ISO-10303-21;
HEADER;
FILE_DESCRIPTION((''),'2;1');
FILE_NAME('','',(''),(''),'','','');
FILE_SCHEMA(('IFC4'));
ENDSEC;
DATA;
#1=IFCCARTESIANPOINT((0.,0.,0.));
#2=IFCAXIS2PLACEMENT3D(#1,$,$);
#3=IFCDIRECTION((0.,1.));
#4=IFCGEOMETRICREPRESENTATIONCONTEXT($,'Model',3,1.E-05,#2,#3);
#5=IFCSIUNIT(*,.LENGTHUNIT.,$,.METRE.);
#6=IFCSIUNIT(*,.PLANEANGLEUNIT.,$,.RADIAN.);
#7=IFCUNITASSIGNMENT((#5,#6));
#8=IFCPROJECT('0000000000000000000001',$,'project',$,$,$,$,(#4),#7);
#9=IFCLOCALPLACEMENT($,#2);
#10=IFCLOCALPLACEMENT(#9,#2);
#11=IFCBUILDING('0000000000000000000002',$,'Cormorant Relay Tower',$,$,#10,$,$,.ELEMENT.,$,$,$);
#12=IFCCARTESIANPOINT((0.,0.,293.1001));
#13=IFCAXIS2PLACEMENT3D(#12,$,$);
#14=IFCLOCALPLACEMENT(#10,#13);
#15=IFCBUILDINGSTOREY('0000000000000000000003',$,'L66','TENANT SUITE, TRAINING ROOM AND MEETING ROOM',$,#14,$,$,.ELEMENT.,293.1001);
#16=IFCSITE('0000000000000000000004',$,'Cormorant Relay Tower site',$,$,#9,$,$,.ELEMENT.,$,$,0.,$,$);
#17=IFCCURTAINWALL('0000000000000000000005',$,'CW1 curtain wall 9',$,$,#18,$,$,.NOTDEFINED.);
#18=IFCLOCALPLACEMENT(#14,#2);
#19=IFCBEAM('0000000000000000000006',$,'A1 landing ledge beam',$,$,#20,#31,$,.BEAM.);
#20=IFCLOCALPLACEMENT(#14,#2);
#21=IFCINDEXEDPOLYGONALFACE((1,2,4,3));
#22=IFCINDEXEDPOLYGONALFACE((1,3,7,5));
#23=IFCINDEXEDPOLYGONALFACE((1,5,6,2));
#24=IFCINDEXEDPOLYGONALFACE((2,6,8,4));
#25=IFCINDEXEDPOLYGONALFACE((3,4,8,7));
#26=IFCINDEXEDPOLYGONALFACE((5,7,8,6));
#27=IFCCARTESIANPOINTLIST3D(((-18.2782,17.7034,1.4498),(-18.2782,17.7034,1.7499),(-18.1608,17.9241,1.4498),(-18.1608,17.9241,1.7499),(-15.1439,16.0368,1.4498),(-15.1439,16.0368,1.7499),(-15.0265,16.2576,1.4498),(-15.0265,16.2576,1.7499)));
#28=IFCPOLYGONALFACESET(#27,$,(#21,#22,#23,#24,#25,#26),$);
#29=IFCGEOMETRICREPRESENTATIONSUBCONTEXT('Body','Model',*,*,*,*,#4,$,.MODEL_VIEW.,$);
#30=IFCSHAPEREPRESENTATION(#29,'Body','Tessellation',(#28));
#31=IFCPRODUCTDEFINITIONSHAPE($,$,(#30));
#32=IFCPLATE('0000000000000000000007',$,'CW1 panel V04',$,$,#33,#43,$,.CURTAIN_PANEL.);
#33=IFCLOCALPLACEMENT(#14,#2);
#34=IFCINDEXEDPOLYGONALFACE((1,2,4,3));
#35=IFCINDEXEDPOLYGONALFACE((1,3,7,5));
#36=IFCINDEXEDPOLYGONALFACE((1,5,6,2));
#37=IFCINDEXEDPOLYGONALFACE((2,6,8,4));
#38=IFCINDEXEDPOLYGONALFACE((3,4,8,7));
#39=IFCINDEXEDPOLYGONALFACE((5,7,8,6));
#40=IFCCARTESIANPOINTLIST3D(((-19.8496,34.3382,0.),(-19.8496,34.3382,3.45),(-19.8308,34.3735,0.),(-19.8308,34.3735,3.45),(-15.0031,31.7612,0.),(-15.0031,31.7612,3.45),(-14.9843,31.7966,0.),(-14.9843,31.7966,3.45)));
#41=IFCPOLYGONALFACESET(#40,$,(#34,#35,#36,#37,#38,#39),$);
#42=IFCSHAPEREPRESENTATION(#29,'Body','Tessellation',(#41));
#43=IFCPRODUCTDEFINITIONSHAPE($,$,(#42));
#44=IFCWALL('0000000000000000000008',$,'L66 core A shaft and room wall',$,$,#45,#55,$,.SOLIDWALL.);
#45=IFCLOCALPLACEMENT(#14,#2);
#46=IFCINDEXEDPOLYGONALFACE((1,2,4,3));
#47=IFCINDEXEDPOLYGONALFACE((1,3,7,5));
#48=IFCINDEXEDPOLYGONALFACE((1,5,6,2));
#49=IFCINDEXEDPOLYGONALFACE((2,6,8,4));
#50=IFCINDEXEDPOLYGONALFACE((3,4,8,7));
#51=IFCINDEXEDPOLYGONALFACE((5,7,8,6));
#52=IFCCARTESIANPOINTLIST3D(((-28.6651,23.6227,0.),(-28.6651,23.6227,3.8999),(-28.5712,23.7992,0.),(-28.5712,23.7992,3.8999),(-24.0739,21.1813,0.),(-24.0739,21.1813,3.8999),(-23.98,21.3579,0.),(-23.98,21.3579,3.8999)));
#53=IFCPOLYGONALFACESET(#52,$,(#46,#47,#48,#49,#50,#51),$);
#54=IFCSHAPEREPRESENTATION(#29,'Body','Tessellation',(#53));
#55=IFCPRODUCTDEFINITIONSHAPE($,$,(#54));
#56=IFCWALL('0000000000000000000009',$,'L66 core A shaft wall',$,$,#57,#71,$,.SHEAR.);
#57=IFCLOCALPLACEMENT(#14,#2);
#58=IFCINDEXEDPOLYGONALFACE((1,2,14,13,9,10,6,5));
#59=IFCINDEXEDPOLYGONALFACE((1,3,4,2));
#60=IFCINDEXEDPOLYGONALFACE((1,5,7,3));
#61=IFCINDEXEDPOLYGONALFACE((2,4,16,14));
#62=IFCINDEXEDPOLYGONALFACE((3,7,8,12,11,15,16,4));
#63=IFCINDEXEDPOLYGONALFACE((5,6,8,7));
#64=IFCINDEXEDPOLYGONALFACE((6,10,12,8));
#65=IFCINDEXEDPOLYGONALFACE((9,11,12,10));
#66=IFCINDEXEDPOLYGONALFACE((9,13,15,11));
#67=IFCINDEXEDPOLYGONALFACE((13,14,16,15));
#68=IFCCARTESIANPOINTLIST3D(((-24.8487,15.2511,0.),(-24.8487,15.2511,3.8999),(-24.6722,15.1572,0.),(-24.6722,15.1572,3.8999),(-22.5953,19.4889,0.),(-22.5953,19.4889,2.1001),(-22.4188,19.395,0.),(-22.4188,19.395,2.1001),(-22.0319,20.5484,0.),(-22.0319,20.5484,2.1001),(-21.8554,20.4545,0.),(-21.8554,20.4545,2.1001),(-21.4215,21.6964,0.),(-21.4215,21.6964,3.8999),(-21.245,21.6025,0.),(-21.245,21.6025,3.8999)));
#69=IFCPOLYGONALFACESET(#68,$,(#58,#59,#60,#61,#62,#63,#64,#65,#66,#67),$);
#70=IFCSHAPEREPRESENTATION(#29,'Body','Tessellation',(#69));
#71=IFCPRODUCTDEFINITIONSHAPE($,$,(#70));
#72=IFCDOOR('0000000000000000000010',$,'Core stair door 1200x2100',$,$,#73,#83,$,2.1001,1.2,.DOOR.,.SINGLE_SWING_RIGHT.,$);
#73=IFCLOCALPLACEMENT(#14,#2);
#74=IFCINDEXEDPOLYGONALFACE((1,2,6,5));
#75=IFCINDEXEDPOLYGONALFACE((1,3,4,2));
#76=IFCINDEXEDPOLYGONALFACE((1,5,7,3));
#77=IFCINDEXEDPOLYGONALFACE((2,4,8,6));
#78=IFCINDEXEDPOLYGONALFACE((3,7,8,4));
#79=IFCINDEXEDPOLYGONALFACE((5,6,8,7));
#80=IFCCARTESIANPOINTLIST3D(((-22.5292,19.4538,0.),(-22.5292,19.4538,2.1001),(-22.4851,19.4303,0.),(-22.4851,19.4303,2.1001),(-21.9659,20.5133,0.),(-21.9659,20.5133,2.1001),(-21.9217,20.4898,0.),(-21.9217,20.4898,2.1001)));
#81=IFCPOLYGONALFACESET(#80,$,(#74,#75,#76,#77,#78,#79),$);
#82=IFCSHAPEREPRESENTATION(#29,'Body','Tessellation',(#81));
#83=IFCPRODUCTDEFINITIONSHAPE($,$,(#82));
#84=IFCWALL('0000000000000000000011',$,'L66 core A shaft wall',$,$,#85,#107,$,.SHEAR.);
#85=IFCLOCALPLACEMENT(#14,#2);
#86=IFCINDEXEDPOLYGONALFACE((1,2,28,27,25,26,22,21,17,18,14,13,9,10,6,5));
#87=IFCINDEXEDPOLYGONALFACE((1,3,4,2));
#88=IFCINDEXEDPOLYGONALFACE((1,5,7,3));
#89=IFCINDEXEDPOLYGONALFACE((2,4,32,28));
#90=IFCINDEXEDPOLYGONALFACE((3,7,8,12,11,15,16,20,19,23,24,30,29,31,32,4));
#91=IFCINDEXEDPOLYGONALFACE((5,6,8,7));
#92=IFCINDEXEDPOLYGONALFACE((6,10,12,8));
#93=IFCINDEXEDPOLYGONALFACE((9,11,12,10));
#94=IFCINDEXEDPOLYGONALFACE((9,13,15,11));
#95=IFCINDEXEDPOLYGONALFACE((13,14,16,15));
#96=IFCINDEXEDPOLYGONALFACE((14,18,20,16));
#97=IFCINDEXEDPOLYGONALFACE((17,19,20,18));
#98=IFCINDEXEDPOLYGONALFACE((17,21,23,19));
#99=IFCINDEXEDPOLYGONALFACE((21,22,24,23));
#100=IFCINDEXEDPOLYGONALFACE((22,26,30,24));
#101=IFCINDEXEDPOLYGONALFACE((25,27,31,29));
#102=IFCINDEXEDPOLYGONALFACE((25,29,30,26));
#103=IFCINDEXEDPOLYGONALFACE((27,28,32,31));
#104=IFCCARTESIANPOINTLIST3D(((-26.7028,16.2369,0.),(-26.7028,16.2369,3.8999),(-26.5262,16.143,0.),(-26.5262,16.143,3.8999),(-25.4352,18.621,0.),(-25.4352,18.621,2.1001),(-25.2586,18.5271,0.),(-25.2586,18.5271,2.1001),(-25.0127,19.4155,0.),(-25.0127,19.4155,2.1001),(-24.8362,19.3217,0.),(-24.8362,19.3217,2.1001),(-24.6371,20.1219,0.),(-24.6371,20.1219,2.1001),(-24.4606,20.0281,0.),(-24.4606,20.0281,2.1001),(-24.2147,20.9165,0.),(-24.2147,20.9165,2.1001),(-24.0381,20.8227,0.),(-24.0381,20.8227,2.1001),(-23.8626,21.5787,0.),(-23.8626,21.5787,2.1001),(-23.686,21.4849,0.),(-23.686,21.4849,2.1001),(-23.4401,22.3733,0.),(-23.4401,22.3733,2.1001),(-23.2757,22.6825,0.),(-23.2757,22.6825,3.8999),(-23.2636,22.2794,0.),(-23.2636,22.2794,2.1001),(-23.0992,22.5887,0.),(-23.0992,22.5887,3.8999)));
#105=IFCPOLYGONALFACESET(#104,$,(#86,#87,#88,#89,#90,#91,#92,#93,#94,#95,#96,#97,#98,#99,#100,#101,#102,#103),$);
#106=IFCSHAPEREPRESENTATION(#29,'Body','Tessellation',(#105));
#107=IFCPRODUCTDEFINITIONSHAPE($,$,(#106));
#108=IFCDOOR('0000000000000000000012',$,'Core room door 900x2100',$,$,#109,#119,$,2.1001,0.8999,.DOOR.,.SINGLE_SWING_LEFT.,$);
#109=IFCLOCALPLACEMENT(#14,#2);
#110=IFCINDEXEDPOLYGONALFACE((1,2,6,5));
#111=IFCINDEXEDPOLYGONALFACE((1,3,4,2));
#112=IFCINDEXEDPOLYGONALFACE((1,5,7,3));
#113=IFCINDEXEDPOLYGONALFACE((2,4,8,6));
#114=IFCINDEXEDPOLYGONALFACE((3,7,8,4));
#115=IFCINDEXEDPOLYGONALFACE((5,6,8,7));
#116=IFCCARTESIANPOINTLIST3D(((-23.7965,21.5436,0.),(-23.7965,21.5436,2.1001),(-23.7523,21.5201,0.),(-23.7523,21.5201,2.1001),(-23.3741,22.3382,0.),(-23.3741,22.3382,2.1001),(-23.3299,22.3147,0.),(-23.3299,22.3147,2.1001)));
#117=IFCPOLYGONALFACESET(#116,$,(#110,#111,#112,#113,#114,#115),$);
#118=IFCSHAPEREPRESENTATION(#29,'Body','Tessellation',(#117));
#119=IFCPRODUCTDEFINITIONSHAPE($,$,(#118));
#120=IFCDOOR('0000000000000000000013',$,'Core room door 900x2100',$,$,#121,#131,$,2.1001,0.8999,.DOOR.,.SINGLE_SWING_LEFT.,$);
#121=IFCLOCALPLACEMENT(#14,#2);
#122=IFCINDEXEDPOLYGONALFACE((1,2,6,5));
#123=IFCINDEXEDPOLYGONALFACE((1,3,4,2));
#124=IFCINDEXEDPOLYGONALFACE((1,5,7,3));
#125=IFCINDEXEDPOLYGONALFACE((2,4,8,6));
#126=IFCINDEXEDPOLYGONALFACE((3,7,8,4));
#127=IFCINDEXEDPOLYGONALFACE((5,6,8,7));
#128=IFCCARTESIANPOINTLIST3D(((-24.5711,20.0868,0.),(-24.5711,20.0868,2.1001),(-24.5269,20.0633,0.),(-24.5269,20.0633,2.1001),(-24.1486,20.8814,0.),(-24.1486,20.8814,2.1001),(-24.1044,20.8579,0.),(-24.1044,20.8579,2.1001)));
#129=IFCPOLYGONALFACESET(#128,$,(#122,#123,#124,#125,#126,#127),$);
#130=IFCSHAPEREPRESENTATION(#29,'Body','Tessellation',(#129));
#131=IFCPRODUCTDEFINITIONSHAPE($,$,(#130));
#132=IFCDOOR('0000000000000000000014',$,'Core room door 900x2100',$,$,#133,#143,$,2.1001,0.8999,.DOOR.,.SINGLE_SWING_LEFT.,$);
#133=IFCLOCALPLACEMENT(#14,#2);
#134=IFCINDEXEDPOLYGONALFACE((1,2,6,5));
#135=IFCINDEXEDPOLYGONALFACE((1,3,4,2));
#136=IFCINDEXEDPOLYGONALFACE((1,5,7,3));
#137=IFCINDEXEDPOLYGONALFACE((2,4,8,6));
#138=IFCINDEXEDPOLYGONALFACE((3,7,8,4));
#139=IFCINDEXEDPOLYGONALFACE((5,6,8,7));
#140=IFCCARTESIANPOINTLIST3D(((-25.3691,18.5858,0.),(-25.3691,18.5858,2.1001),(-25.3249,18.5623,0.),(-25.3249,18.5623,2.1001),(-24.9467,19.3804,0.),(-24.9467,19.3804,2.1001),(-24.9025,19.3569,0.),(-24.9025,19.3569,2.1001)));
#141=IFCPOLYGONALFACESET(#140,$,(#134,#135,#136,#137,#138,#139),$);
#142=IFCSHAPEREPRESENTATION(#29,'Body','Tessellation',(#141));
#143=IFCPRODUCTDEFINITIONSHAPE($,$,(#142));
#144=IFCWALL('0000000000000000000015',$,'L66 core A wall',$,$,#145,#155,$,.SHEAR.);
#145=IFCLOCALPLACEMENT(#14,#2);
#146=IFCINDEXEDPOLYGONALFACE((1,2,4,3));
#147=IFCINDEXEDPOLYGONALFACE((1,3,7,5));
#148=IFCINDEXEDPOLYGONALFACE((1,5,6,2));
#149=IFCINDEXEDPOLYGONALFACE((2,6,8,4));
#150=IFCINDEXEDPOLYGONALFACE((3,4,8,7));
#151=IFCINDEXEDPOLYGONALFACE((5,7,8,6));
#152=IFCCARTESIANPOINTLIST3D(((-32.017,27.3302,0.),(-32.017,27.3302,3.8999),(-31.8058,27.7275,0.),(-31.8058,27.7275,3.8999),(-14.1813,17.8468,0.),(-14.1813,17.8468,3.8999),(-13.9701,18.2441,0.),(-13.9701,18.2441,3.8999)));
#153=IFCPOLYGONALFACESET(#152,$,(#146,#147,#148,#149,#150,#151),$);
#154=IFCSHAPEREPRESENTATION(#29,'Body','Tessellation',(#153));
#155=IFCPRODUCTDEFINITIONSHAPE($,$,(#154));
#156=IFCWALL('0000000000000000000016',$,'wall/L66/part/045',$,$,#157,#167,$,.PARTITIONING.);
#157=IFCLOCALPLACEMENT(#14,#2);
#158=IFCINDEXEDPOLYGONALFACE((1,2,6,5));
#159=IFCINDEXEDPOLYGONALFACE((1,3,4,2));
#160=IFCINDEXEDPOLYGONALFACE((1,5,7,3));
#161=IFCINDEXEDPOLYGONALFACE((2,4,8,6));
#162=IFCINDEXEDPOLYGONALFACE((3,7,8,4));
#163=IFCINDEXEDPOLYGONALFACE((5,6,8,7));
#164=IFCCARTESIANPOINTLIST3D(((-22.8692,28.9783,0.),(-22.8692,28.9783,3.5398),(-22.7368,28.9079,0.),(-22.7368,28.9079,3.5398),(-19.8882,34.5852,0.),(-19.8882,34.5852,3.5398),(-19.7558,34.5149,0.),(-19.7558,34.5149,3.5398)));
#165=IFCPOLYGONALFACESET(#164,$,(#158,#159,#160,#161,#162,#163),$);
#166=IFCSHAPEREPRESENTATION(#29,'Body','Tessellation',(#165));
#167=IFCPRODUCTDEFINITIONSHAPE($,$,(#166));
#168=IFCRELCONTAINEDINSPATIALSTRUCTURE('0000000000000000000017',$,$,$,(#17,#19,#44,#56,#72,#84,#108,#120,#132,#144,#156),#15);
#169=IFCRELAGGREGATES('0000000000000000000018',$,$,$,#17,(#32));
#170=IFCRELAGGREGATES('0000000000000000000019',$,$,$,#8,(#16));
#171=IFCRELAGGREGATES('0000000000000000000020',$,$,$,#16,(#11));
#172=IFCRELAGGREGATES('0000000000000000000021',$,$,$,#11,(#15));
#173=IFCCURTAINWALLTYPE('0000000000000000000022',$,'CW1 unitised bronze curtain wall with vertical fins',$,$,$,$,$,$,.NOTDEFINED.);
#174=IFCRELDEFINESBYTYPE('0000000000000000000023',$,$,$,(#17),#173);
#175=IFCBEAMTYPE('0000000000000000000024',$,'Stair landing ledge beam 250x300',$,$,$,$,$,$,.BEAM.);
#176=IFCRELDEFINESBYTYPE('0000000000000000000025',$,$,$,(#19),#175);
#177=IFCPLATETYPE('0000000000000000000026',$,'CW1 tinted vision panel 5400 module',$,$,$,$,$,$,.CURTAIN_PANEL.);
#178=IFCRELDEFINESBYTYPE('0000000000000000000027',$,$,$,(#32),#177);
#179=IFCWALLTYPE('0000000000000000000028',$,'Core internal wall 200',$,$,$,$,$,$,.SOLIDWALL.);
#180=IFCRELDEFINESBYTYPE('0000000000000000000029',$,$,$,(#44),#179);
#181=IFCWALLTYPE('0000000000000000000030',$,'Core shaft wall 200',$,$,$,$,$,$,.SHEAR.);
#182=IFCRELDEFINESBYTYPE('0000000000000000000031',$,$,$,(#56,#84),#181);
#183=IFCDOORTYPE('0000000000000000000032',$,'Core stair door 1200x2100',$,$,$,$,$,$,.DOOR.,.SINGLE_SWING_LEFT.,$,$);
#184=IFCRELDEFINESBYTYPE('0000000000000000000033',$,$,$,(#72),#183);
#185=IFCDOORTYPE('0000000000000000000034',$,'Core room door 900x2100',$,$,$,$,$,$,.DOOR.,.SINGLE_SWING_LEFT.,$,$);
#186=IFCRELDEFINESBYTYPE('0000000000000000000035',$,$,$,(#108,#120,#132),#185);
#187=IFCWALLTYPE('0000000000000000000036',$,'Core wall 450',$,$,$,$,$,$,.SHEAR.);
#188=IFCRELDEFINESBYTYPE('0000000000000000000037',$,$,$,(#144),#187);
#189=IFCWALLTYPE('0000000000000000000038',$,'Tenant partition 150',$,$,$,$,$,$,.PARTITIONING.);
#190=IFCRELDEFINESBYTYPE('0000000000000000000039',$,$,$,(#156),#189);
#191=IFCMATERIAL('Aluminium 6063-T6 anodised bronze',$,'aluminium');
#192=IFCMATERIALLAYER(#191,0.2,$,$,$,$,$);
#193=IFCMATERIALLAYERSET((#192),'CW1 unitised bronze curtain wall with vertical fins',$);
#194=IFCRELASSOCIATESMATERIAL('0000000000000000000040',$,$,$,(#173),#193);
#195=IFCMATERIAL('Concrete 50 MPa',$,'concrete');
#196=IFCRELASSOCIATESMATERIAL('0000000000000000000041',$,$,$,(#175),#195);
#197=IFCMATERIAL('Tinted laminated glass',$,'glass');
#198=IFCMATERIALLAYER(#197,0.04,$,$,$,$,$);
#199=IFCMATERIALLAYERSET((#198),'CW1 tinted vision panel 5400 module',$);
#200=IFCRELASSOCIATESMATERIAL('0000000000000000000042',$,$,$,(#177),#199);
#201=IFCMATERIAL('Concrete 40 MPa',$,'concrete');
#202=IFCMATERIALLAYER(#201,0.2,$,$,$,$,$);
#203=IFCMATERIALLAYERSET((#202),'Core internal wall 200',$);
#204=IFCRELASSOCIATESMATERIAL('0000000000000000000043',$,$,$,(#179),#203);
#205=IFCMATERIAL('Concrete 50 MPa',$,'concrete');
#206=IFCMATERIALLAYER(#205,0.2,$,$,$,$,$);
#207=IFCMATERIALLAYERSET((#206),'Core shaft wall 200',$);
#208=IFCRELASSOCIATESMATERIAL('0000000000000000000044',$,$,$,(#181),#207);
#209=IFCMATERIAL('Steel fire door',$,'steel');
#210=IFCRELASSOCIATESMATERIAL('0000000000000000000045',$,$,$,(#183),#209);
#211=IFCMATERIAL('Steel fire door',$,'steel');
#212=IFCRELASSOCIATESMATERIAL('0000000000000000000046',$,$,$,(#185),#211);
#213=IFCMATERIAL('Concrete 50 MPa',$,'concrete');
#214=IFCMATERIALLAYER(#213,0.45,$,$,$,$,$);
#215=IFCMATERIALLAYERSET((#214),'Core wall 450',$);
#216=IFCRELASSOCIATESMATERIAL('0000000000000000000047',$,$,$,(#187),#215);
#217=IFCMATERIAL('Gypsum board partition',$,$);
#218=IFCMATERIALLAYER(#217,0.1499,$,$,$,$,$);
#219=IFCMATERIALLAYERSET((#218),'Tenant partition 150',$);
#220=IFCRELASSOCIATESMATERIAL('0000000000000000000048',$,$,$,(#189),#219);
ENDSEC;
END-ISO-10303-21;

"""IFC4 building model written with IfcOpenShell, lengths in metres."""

from ifc_helpers import new_model, si_unit, direction, frame, frame_2d, origin, origin_2d, place, context, subcontext, project, spatial, rectangle, extrude, material, layer, layer_set, material_profile, profile_set, type_object, element, fill, aggregate, save


model = new_model("IFC4")

# Units and contexts
model_context = context("Model", 3, precision=1e-05, world=origin(), true_north=direction((0.0, 1.0)))
body_context = subcontext(model_context, "Body", "Model", "MODEL_VIEW")
ifc_project = project(units=[si_unit("LENGTHUNIT", "METRE"), si_unit("PLANEANGLEUNIT", "RADIAN")], contexts=[model_context])

# Site, building, storey
site_placement = place(None, origin())
site = spatial("IfcSite", under=ifc_project, at=site_placement, Name="Cormorant Relay Tower site", CompositionType="ELEMENT", RefElevation=0.0)
building_placement = place(site_placement, origin())
building = spatial("IfcBuilding", under=site, at=building_placement, Name="Cormorant Relay Tower", CompositionType="ELEMENT")
storey_placement = place(building_placement, frame((0.0, 0.0, 293.1001)))
storey = spatial("IfcBuildingStorey", under=building, at=storey_placement, Name="L66", Description="TENANT SUITE, TRAINING ROOM AND MEETING ROOM", CompositionType="ELEMENT", Elevation=293.1001)

# Curtain wall
ifc_material_1 = material(Name="Aluminium 6063-T6 anodised bronze", Category="aluminium")
ifc_layer_1 = layer(ifc_material_1, 0.2)
ifc_layer_set_1 = layer_set([ifc_layer_1], Name="CW1 unitised bronze curtain wall with vertical fins")
curtain_wall_type = type_object("IfcCurtainWallType", Name="CW1 unitised bronze curtain wall with vertical fins", PredefinedType="NOTDEFINED", material=ifc_layer_set_1)
curtain_wall_placement = place(storey_placement, origin())
curtain_wall = element("IfcCurtainWall", 1, at=curtain_wall_placement, inside=storey, type_object=curtain_wall_type, Name="CW1 curtain wall 9", PredefinedType="NOTDEFINED")

# Beam
ifc_material_2 = material(Name="Concrete 50 MPa", Category="concrete")
ifc_material_profile_1 = material_profile(ifc_material_2, rectangle(XDim=0.25, YDim=0.3, at=origin_2d()), Name="RC 250x300")
ifc_profile_set_1 = profile_set([ifc_material_profile_1], Name="Concrete 50 MPa")
beam_type_1 = type_object("IfcBeamType", Name="Stair landing ledge beam 250x300", PredefinedType="BEAM", material=ifc_profile_set_1)
beam_1_placement = place(storey_placement, frame((-18.2195, 17.8137, 1.5999), z_axis=(0.88295, -0.469467, 0.0), x_axis=(0.469467, 0.88295, 0.0)))
element("IfcBeam", 2, at=beam_1_placement, inside=storey, type_object=beam_type_1, Name="A1 landing ledge beam", PredefinedType="BEAM", context=body_context, shape_type="SweptSolid", body=[
    extrude(rectangle(XDim=0.25, YDim=0.3, at=origin_2d()), origin(), (0.0, 0.0, 1.0), 3.5498),
])

# Plate
ifc_material_3 = material(Name="Tinted laminated glass", Category="glass")
ifc_layer_2 = layer(ifc_material_3, 0.04)
ifc_layer_set_2 = layer_set([ifc_layer_2], Name="CW1 tinted vision panel 5400 module")
plate_type = type_object("IfcPlateType", Name="CW1 tinted vision panel 5400 module", PredefinedType="CURTAIN_PANEL", material=ifc_layer_set_2)
plate_placement = place(storey_placement, frame((-17.417, 33.0674, 0.0), z_axis=(0.0, 0.0, 1.0), x_axis=(-0.882948, 0.469472, 0.0)))
plate = element("IfcPlate", 3, at=plate_placement, type_object=plate_type, Name="CW1 panel V04", PredefinedType="CURTAIN_PANEL", context=body_context, shape_type="SweptSolid", body=[
    extrude(rectangle(XDim=5.489, YDim=0.04, at=origin_2d()), origin(), (0.0, 0.0, 1.0), 3.45),
])

# Wall
ifc_material_4 = material(Name="Concrete 40 MPa", Category="concrete")
ifc_layer_3 = layer(ifc_material_4, 0.2)
ifc_layer_set_3 = layer_set([ifc_layer_3], Name="Core internal wall 200")
wall_type_1 = type_object("IfcWallType", Name="Core internal wall 200", PredefinedType="SOLIDWALL", material=ifc_layer_set_3)
wall_1_placement = place(storey_placement, frame((-24.0269, 21.2695, 0.0), z_axis=(0.0, 0.0, 1.0), x_axis=(-0.882935, 0.469496, 0.0)))
element("IfcWall", 4, at=wall_1_placement, inside=storey, type_object=wall_type_1, Name="L66 core A shaft and room wall", PredefinedType="SOLIDWALL", context=body_context, shape_type="SweptSolid", body=[
    extrude(rectangle(XDim=5.2, YDim=0.2, at=frame_2d((2.6001, 0.0))), origin(), (0.0, 0.0, 1.0), 3.8999),
])

# Wall, opening, door
ifc_material_5 = material(Name="Concrete 50 MPa", Category="concrete")
ifc_layer_4 = layer(ifc_material_5, 0.2)
ifc_layer_set_4 = layer_set([ifc_layer_4], Name="Core shaft wall 200")
wall_type_2 = type_object("IfcWallType", Name="Core shaft wall 200", PredefinedType="SHEAR", material=ifc_layer_set_4)
wall_2_placement = place(storey_placement, frame((-21.3333, 21.6494, 0.0), z_axis=(0.0, 0.0, 1.0), x_axis=(-0.469494, -0.882936, 0.0)))
wall_2 = element("IfcWall", 5, at=wall_2_placement, inside=storey, type_object=wall_type_2, Name="L66 core A shaft wall", PredefinedType="SHEAR", context=body_context, shape_type="SweptSolid", body=[
    extrude(rectangle(XDim=7.2998, YDim=0.2, at=frame_2d((3.6499, 0.0))), origin(), (0.0, 0.0, 1.0), 3.8999),
])
opening_1_placement = place(wall_2_placement, frame((1.3, 0.0, 0.0)))
opening_1 = element("IfcOpeningElement", 6, at=opening_1_placement, cuts=wall_2, PredefinedType="OPENING", context=body_context, shape_type="SweptSolid", body=[
    extrude(rectangle(XDim=1.2, YDim=2.1001, at=frame_2d((0.6001, 1.05))), frame((0.0, 0.1099, 0.0), z_axis=(0.0, -1.0, 0.0), x_axis=(1.0, 0.0, 0.0)), (0.0, 0.0, 1.0), 0.22),
])
ifc_material_6 = material(Name="Steel fire door", Category="steel")
door_type_1 = type_object("IfcDoorType", Name="Core stair door 1200x2100", OperationType="SINGLE_SWING_LEFT", PredefinedType="DOOR", material=ifc_material_6)
door_1_placement = place(opening_1_placement, origin())
door_1 = element("IfcDoor", 7, at=door_1_placement, inside=storey, type_object=door_type_1, Name="Core stair door 1200x2100", OperationType="SINGLE_SWING_RIGHT", OverallHeight=2.1001, OverallWidth=1.2, PredefinedType="DOOR", context=body_context, shape_type="SweptSolid", body=[
    extrude(rectangle(XDim=1.2, YDim=2.1001, at=frame_2d((0.6001, 1.05))), frame((0.0, 0.0249, 0.0), z_axis=(0.0, -1.0, 0.0), x_axis=(1.0, 0.0, 0.0)), (0.0, 0.0, 1.0), 0.05),
])
fill(opening_1, door_1)

# Wall, openings, doors
wall_3_placement = place(storey_placement, frame((-23.1875, 22.6355, 0.0), z_axis=(0.0, 0.0, 1.0), x_axis=(-0.469454, -0.882957, 0.0)))
wall_3 = element("IfcWall", 8, at=wall_3_placement, inside=storey, type_object=wall_type_2, Name="L66 core A shaft wall", PredefinedType="SHEAR", context=body_context, shape_type="SweptSolid", body=[
    extrude(rectangle(XDim=7.3, YDim=0.2, at=frame_2d((3.6499, 0.0))), origin(), (0.0, 0.0, 1.0), 3.8999),
])
opening_2_placement = place(wall_3_placement, frame((0.3501, 0.0, 0.0)))
opening_2 = element("IfcOpeningElement", 9, at=opening_2_placement, cuts=wall_3, PredefinedType="OPENING", context=body_context, shape_type="SweptSolid", body=[
    extrude(rectangle(XDim=0.8999, YDim=2.1001, at=frame_2d((0.45, 1.05))), frame((0.0, 0.1099, 0.0), z_axis=(0.0, -1.0, 0.0), x_axis=(1.0, 0.0, 0.0)), (0.0, 0.0, 1.0), 0.22),
])
opening_3_placement = place(wall_3_placement, frame((2.0, 0.0, 0.0)))
opening_3 = element("IfcOpeningElement", 10, at=opening_3_placement, cuts=wall_3, PredefinedType="OPENING", context=body_context, shape_type="SweptSolid", body=[
    extrude(rectangle(XDim=0.8999, YDim=2.1001, at=frame_2d((0.45, 1.05))), frame((0.0, 0.1099, 0.0), z_axis=(0.0, -1.0, 0.0), x_axis=(1.0, 0.0, 0.0)), (0.0, 0.0, 1.0), 0.22),
])
opening_4_placement = place(wall_3_placement, frame((3.7, 0.0, 0.0)))
opening_4 = element("IfcOpeningElement", 11, at=opening_4_placement, cuts=wall_3, PredefinedType="OPENING", context=body_context, shape_type="SweptSolid", body=[
    extrude(rectangle(XDim=0.8999, YDim=2.1001, at=frame_2d((0.45, 1.05))), frame((0.0, 0.1099, 0.0), z_axis=(0.0, -1.0, 0.0), x_axis=(1.0, 0.0, 0.0)), (0.0, 0.0, 1.0), 0.22),
])
ifc_material_7 = material(Name="Steel fire door", Category="steel")
door_type_2 = type_object("IfcDoorType", Name="Core room door 900x2100", OperationType="SINGLE_SWING_LEFT", PredefinedType="DOOR", material=ifc_material_7)
door_2_placement = place(opening_2_placement, origin())
door_2 = element("IfcDoor", 12, at=door_2_placement, inside=storey, type_object=door_type_2, Name="Core room door 900x2100", OperationType="SINGLE_SWING_LEFT", OverallHeight=2.1001, OverallWidth=0.8999, PredefinedType="DOOR", context=body_context, shape_type="SweptSolid", body=[
    extrude(rectangle(XDim=0.8999, YDim=2.1001, at=frame_2d((0.45, 1.05))), frame((0.0, 0.0249, 0.0), z_axis=(0.0, -1.0, 0.0), x_axis=(1.0, 0.0, 0.0)), (0.0, 0.0, 1.0), 0.05),
])
fill(opening_2, door_2)
door_3_placement = place(opening_3_placement, origin())
door_3 = element("IfcDoor", 13, at=door_3_placement, inside=storey, type_object=door_type_2, Name="Core room door 900x2100", OperationType="SINGLE_SWING_LEFT", OverallHeight=2.1001, OverallWidth=0.8999, PredefinedType="DOOR", context=body_context, shape_type="SweptSolid", body=[
    extrude(rectangle(XDim=0.8999, YDim=2.1001, at=frame_2d((0.45, 1.05))), frame((0.0, 0.0249, 0.0), z_axis=(0.0, -1.0, 0.0), x_axis=(1.0, 0.0, 0.0)), (0.0, 0.0, 1.0), 0.05),
])
fill(opening_3, door_3)
door_4_placement = place(opening_4_placement, origin())
door_4 = element("IfcDoor", 14, at=door_4_placement, inside=storey, type_object=door_type_2, Name="Core room door 900x2100", OperationType="SINGLE_SWING_LEFT", OverallHeight=2.1001, OverallWidth=0.8999, PredefinedType="DOOR", context=body_context, shape_type="SweptSolid", body=[
    extrude(rectangle(XDim=0.8999, YDim=2.1001, at=frame_2d((0.45, 1.05))), frame((0.0, 0.0249, 0.0), z_axis=(0.0, -1.0, 0.0), x_axis=(1.0, 0.0, 0.0)), (0.0, 0.0, 1.0), 0.05),
])
fill(opening_4, door_4)

# Shared definitions
ifc_material_8 = material(Name="Concrete 50 MPa", Category="concrete")
ifc_layer_5 = layer(ifc_material_8, 0.45)
ifc_layer_set_5 = layer_set([ifc_layer_5], Name="Core wall 450")
wall_type_3 = type_object("IfcWallType", Name="Core wall 450", PredefinedType="SHEAR", material=ifc_layer_set_5)

# Walls
wall_4_placement = place(storey_placement, frame((-14.0757, 18.0454, 0.0), z_axis=(0.0, 0.0, 1.0), x_axis=(-0.882948, 0.469471, 0.0)))
element("IfcWall", 15, at=wall_4_placement, inside=storey, type_object=wall_type_3, Name="L66 core A wall", PredefinedType="SHEAR", context=body_context, shape_type="SweptSolid", body=[
    extrude(rectangle(XDim=20.2002, YDim=0.45, at=frame_2d((10.1001, 0.0))), origin(), (0.0, 0.0, 1.0), 3.8999),
])
ifc_material_9 = material(Name="Gypsum board partition")
ifc_layer_6 = layer(ifc_material_9, 0.1499)
ifc_layer_set_6 = layer_set([ifc_layer_6], Name="Tenant partition 150")
wall_type_4 = type_object("IfcWallType", Name="Tenant partition 150", PredefinedType="PARTITIONING", material=ifc_layer_set_6)
wall_5_placement = place(storey_placement, frame((-19.822, 34.55, 0.0), z_axis=(0.0, 0.0, 1.0), x_axis=(-0.469434, -0.882967, 0.0)))
element("IfcWall", 16, at=wall_5_placement, inside=storey, type_object=wall_type_4, Name="wall/L66/part/045", PredefinedType="PARTITIONING", context=body_context, shape_type="SweptSolid", body=[
    extrude(rectangle(XDim=6.3501, YDim=0.1499, at=frame_2d((3.175, 0.0))), origin(), (0.0, 0.0, 1.0), 3.5398),
])

aggregate(curtain_wall, [plate])

save(model, "model.ifc")
